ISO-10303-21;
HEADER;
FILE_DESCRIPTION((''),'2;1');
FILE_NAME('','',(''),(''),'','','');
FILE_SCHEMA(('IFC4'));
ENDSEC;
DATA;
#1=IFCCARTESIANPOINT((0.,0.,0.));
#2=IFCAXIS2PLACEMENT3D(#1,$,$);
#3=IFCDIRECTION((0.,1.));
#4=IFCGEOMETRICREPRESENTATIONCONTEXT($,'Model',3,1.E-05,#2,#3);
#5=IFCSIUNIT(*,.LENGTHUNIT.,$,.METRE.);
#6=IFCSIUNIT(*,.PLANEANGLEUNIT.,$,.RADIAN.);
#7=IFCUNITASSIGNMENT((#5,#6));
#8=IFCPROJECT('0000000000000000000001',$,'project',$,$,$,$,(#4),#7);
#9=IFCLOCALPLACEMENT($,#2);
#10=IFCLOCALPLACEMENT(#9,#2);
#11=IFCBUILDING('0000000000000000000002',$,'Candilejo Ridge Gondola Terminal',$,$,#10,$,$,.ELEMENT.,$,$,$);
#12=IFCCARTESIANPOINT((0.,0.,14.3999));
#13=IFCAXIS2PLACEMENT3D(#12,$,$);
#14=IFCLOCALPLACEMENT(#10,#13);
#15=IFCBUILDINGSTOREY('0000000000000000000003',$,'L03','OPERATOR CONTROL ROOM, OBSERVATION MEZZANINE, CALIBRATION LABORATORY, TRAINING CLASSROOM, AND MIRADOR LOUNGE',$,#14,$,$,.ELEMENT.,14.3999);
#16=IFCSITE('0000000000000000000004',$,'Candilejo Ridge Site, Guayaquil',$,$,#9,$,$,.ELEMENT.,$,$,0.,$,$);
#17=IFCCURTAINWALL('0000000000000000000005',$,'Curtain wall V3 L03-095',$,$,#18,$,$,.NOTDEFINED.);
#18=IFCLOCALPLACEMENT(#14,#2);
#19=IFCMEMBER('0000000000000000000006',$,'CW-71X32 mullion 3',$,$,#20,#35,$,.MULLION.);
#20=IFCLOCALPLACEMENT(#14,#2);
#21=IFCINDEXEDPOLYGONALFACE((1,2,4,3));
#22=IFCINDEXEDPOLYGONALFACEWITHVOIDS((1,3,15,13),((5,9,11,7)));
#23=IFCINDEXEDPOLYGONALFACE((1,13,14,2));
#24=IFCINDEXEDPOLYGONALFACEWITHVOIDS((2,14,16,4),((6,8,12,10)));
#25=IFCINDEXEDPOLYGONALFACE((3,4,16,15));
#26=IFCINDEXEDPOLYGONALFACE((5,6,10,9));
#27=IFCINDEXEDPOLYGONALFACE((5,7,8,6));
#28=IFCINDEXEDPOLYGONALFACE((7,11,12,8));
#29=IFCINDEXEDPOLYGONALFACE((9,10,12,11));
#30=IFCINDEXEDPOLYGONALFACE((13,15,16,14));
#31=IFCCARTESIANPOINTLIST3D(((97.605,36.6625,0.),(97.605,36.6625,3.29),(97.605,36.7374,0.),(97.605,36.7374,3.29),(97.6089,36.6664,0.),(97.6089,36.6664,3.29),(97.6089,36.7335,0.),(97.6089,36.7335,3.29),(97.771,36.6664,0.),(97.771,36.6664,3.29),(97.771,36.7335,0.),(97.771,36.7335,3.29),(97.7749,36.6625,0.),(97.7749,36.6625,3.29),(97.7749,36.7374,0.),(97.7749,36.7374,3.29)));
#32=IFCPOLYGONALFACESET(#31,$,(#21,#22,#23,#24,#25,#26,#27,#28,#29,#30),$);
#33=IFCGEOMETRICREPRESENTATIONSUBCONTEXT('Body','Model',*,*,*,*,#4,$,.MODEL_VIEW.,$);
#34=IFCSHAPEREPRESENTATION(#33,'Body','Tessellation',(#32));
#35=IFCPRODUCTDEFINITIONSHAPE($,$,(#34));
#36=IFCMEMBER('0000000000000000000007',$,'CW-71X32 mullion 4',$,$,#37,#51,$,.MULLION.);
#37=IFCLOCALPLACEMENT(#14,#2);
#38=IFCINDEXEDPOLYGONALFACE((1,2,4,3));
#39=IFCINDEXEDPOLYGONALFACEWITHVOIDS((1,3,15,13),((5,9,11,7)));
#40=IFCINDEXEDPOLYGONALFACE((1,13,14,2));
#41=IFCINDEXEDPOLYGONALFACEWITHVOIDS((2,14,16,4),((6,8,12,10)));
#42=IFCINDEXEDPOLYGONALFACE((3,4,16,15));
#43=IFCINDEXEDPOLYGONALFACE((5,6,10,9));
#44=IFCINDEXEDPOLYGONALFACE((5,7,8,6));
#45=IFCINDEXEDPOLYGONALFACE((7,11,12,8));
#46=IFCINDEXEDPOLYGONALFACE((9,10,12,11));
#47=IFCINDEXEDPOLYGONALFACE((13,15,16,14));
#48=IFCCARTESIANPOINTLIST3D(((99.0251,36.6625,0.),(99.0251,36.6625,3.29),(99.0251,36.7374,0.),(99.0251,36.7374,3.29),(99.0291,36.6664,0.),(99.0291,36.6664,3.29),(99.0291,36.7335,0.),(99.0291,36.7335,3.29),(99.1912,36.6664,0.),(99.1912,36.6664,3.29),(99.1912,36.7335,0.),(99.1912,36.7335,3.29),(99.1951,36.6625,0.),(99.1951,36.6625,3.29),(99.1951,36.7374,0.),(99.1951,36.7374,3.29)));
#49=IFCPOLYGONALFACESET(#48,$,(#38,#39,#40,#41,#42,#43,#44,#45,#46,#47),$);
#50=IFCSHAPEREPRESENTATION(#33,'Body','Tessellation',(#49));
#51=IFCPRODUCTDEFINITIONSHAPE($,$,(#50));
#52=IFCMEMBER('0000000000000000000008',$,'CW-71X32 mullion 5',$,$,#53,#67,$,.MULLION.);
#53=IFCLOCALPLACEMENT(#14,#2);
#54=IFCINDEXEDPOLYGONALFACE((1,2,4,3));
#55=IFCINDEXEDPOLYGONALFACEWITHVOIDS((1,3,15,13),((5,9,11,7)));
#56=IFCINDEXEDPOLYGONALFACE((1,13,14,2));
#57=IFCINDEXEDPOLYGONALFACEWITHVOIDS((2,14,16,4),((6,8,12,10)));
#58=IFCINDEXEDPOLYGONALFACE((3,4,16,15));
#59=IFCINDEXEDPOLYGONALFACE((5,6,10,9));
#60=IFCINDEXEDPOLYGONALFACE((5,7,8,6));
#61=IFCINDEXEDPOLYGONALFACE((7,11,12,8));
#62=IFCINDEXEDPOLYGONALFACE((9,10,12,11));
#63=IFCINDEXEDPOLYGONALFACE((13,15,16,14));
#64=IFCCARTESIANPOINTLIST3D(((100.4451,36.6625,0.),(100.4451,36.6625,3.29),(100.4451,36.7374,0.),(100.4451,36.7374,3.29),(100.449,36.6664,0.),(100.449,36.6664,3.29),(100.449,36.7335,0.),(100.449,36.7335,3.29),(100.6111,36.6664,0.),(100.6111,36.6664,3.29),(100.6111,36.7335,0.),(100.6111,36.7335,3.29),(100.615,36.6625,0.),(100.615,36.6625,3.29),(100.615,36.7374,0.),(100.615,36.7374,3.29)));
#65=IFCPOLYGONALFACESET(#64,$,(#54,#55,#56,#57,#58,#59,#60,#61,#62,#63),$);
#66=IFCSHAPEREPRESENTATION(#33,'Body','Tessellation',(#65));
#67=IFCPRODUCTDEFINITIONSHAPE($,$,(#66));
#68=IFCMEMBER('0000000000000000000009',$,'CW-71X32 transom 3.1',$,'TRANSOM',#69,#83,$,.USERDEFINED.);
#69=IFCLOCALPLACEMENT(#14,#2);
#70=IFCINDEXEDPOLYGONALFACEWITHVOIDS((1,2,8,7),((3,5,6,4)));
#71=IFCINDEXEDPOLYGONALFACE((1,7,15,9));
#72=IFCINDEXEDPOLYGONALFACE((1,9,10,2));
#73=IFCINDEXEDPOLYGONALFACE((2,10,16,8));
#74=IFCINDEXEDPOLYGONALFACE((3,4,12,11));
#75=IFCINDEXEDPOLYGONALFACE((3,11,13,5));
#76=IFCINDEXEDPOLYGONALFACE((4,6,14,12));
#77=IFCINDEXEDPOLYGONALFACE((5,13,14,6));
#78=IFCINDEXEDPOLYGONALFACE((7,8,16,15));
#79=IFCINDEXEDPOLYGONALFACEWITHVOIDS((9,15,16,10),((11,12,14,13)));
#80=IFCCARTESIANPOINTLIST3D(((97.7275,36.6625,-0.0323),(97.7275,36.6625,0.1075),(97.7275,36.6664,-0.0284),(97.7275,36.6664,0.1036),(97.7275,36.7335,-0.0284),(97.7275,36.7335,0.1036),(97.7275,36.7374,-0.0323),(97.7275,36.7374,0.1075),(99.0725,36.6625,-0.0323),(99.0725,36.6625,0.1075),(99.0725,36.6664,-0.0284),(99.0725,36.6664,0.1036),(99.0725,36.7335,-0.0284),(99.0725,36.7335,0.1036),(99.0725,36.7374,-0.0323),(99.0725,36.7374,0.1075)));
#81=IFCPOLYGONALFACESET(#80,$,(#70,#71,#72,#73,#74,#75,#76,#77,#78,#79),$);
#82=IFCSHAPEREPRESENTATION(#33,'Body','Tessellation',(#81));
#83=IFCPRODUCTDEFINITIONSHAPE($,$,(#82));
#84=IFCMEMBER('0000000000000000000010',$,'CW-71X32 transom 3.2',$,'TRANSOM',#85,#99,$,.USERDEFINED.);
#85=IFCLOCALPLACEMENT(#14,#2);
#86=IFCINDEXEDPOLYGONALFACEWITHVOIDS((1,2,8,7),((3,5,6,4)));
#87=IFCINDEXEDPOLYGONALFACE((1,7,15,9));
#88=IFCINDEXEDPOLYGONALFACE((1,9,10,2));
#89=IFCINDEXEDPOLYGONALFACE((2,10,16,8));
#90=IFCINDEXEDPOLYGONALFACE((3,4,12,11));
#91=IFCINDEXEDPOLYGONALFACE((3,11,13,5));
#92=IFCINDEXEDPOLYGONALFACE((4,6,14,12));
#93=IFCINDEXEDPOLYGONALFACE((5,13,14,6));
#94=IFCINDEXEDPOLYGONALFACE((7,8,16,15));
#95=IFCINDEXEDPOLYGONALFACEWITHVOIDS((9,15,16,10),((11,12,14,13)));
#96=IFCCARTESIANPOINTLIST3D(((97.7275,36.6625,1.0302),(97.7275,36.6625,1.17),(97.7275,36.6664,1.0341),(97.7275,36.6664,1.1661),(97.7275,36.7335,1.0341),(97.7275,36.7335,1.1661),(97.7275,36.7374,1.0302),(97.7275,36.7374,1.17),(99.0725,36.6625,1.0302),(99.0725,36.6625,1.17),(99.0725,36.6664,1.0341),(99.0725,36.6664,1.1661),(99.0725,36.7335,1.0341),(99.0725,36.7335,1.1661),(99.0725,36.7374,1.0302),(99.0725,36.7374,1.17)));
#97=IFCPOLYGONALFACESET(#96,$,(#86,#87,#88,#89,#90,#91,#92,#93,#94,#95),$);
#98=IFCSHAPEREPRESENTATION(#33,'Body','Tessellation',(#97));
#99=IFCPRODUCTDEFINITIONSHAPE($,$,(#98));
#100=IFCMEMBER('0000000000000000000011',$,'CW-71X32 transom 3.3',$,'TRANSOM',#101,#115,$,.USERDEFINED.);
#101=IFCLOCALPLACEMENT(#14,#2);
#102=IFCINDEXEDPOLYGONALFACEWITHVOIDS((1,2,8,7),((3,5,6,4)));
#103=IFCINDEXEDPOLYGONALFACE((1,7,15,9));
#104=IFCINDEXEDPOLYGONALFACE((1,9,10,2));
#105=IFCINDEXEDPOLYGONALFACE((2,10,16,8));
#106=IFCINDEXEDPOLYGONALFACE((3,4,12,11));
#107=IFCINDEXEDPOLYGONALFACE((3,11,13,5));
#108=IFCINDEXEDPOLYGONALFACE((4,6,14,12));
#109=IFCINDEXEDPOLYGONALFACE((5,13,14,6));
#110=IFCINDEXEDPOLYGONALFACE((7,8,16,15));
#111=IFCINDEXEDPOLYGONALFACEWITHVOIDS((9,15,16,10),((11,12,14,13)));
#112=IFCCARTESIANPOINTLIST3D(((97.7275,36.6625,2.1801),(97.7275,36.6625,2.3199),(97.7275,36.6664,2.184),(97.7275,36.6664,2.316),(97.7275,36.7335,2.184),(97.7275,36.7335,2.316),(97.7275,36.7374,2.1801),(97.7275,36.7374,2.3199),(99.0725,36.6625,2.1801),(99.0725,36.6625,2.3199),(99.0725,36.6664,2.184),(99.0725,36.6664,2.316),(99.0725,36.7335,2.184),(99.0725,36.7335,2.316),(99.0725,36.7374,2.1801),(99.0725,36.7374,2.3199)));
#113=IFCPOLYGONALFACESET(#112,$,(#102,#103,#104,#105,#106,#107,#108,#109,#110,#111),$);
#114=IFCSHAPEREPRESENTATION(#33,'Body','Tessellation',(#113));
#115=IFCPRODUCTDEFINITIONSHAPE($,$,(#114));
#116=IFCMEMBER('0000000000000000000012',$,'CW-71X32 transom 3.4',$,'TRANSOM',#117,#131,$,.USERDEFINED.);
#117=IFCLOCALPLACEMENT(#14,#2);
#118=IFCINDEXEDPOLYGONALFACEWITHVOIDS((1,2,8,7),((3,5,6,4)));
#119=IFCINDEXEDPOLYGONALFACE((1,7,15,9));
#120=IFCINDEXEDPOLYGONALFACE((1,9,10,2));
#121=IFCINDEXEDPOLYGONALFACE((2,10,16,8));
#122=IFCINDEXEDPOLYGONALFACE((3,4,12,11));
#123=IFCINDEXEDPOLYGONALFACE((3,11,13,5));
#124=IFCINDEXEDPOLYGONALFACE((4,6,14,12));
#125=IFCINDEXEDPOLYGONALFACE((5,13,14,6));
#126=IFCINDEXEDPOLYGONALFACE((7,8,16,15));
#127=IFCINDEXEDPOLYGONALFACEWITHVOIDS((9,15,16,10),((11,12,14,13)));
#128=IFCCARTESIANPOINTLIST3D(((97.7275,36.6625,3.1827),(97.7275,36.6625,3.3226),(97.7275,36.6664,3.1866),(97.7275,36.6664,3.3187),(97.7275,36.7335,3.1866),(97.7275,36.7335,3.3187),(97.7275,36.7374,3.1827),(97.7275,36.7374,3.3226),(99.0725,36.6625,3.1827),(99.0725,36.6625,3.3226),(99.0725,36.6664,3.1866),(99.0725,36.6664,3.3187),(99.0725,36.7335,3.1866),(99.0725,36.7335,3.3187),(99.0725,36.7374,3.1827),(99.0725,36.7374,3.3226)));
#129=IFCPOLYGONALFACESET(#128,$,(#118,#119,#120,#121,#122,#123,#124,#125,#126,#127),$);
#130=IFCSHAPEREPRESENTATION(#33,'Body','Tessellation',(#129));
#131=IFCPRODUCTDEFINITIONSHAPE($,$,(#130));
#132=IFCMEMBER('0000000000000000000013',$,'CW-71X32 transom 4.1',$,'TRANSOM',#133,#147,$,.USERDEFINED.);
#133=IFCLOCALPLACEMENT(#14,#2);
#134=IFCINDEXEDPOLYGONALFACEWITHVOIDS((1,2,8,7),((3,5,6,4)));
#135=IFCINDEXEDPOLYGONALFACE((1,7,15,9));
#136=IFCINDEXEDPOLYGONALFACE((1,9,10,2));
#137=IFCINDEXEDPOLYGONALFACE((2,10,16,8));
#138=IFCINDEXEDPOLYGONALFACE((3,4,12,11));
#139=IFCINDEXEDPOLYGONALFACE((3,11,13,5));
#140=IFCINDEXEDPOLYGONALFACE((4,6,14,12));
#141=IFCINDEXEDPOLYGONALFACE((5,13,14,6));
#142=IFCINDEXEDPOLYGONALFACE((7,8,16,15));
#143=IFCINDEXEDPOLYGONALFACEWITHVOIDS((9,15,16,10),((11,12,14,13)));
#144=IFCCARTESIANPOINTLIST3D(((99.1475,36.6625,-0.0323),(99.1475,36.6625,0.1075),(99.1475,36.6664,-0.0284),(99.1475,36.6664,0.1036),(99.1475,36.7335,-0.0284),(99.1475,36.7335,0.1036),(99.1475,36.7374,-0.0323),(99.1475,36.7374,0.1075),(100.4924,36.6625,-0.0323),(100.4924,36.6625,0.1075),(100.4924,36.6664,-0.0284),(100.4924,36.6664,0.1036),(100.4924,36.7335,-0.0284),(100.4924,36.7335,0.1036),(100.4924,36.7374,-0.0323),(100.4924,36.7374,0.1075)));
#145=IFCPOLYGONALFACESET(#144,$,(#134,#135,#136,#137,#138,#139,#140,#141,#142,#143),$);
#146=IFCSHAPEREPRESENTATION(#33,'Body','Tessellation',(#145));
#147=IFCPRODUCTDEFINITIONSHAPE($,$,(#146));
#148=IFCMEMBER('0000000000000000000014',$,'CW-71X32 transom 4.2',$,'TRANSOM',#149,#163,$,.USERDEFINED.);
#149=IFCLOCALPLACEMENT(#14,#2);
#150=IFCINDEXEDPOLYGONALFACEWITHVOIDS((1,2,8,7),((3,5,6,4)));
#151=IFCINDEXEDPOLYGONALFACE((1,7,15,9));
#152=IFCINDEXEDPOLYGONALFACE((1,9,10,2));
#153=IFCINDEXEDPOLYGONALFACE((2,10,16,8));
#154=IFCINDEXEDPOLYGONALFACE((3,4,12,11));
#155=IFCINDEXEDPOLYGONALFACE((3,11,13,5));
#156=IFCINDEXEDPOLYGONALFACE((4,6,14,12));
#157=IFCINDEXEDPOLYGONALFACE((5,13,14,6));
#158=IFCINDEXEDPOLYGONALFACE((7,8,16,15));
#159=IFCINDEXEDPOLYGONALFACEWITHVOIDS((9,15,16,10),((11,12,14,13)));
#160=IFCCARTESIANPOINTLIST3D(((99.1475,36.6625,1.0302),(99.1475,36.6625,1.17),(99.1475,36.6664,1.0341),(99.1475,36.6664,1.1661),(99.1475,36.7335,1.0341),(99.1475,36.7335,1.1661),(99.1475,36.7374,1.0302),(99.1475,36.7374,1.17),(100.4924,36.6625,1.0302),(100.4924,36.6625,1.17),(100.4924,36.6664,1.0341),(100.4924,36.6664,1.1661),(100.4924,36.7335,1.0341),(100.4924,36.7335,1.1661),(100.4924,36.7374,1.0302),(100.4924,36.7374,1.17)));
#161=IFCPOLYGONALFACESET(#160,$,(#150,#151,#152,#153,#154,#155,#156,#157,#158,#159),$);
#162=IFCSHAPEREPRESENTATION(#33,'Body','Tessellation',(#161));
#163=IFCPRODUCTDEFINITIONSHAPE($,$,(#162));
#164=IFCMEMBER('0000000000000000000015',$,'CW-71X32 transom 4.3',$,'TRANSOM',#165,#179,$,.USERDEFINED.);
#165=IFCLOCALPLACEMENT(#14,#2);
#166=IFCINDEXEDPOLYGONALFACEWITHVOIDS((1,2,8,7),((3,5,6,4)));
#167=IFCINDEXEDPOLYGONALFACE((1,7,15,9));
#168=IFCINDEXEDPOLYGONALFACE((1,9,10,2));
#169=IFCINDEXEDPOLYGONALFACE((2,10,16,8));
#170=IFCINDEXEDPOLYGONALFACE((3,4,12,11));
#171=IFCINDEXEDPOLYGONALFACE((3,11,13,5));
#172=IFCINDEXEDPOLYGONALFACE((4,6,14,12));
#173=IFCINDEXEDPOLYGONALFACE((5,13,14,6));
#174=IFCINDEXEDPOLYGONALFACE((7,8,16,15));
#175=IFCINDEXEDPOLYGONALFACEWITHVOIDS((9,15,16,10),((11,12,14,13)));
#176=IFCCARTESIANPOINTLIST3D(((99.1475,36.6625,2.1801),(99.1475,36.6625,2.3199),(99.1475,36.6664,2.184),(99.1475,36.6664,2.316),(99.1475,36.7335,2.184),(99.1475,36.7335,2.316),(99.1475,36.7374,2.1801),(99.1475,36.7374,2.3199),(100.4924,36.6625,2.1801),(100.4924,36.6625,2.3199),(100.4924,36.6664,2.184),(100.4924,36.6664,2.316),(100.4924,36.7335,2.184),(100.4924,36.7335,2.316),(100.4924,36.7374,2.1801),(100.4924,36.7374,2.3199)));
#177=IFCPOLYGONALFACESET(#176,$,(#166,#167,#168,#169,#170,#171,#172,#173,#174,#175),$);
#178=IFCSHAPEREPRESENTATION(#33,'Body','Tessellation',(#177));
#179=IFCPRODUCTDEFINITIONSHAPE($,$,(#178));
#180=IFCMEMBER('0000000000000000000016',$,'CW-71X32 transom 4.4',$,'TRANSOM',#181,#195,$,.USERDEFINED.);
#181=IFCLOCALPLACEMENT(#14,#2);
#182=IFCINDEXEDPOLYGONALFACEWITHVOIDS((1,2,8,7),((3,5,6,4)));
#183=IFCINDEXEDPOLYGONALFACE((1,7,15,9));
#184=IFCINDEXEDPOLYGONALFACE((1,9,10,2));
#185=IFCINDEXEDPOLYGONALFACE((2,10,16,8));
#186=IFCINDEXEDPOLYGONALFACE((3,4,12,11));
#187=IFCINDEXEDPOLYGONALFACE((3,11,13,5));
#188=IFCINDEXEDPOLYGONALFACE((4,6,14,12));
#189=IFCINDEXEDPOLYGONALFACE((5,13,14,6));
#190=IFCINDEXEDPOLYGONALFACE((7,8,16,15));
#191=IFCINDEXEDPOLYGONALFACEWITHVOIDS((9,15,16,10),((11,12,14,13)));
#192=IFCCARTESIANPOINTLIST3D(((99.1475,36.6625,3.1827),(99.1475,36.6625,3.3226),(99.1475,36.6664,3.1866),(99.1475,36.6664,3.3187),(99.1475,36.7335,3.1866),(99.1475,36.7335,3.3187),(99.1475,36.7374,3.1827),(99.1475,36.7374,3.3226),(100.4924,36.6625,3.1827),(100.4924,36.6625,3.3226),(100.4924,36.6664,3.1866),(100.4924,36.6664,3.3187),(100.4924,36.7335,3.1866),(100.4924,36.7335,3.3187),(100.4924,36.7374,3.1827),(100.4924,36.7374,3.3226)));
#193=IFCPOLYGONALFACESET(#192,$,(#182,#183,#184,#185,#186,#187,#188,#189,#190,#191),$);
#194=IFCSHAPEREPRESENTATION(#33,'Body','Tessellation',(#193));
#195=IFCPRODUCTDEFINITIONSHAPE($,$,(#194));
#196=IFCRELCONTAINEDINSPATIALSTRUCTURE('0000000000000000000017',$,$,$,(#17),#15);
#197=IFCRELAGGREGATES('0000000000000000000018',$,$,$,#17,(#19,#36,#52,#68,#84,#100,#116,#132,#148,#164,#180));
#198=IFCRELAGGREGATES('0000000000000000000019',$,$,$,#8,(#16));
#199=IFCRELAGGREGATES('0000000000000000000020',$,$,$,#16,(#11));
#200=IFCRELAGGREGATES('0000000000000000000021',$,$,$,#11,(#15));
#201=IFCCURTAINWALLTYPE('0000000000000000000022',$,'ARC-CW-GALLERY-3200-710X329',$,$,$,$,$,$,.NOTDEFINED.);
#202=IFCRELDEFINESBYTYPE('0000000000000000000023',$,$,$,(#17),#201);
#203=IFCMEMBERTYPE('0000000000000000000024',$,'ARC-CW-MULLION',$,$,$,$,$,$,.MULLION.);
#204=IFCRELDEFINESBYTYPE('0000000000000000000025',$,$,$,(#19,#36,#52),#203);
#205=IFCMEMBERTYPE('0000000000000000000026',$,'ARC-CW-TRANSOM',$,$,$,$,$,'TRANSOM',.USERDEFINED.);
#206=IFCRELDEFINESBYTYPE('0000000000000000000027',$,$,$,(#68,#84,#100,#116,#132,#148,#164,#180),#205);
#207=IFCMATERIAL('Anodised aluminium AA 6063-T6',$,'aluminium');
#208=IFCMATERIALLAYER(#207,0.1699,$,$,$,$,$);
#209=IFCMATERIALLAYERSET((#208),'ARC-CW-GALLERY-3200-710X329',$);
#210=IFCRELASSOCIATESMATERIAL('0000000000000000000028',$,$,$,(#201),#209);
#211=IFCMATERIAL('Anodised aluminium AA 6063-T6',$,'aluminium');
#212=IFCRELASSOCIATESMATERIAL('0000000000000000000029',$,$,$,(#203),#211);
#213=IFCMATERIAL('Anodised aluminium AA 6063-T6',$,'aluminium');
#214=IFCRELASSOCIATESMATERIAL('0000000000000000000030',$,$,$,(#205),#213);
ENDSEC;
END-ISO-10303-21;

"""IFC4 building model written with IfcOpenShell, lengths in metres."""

from ifc_helpers import new_model, si_unit, direction, frame, origin, origin_2d, place, context, subcontext, project, spatial, hollow_rectangle, extrude, material, layer, layer_set, material_profile, profile_set, type_object, element, aggregate, save


model = new_model("IFC4")

# Units and contexts
model_context = context("Model", 3, precision=1e-05, world=origin(), true_north=direction((0.0, 1.0)))
body_context = subcontext(model_context, "Body", "Model", "MODEL_VIEW")
ifc_project = project(units=[si_unit("LENGTHUNIT", "METRE"), si_unit("PLANEANGLEUNIT", "RADIAN")], contexts=[model_context])

# Site, building, storey
site_placement = place(None, origin())
site = spatial("IfcSite", under=ifc_project, at=site_placement, Name="Candilejo Ridge Site, Guayaquil", CompositionType="ELEMENT", RefElevation=0.0)
building_placement = place(site_placement, origin())
building = spatial("IfcBuilding", under=site, at=building_placement, Name="Candilejo Ridge Gondola Terminal", CompositionType="ELEMENT")
storey_placement = place(building_placement, frame((0.0, 0.0, 14.3999)))
storey = spatial("IfcBuildingStorey", under=building, at=storey_placement, Name="L03", Description="OPERATOR CONTROL ROOM, OBSERVATION MEZZANINE, CALIBRATION LABORATORY, TRAINING CLASSROOM, AND MIRADOR LOUNGE", CompositionType="ELEMENT", Elevation=14.3999)

# Curtain wall, members
ifc_material_1 = material(Name="Anodised aluminium AA 6063-T6", Category="aluminium")
ifc_layer_1 = layer(ifc_material_1, 0.1699)
ifc_layer_set_1 = layer_set([ifc_layer_1], Name="ARC-CW-GALLERY-3200-710X329")
curtain_wall_type = type_object("IfcCurtainWallType", Name="ARC-CW-GALLERY-3200-710X329", PredefinedType="NOTDEFINED", material=ifc_layer_set_1)
curtain_wall_placement = place(storey_placement, origin())
curtain_wall = element("IfcCurtainWall", 1, at=curtain_wall_placement, inside=storey, type_object=curtain_wall_type, Name="Curtain wall V3 L03-095", PredefinedType="NOTDEFINED")
ifc_material_2 = material(Name="Anodised aluminium AA 6063-T6", Category="aluminium")
ifc_material_profile_1 = material_profile(ifc_material_2, hollow_rectangle(XDim=0.075, YDim=0.1699, WallThickness=0.0039, at=origin_2d()))
ifc_profile_set_1 = profile_set([ifc_material_profile_1], Name="Anodised aluminium AA 6063-T6")
member_type_1 = type_object("IfcMemberType", Name="ARC-CW-MULLION", PredefinedType="MULLION", material=ifc_profile_set_1)
member_1_placement = place(storey_placement, frame((97.6899, 36.7, 0.0), z_axis=(0.0, 0.0, 1.0), x_axis=(0.0, 1.0, 0.0)))
member_1 = element("IfcMember", 2, at=member_1_placement, type_object=member_type_1, Name="CW-71X32 mullion 3", PredefinedType="MULLION", context=body_context, shape_type="SweptSolid", body=[
    extrude(hollow_rectangle(XDim=0.075, YDim=0.1699, WallThickness=0.0039, at=origin_2d()), origin(), (0.0, 0.0, 1.0), 3.29),
])
member_2_placement = place(storey_placement, frame((99.1101, 36.7, 0.0), z_axis=(0.0, 0.0, 1.0), x_axis=(0.0, 1.0, 0.0)))
member_2 = element("IfcMember", 3, at=member_2_placement, type_object=member_type_1, Name="CW-71X32 mullion 4", PredefinedType="MULLION", context=body_context, shape_type="SweptSolid", body=[
    extrude(hollow_rectangle(XDim=0.075, YDim=0.1699, WallThickness=0.0039, at=origin_2d()), origin(), (0.0, 0.0, 1.0), 3.29),
])
member_3_placement = place(storey_placement, frame((100.53, 36.7, 0.0), z_axis=(0.0, 0.0, 1.0), x_axis=(0.0, 1.0, 0.0)))
member_3 = element("IfcMember", 4, at=member_3_placement, type_object=member_type_1, Name="CW-71X32 mullion 5", PredefinedType="MULLION", context=body_context, shape_type="SweptSolid", body=[
    extrude(hollow_rectangle(XDim=0.075, YDim=0.1699, WallThickness=0.0039, at=origin_2d()), origin(), (0.0, 0.0, 1.0), 3.29),
])
ifc_material_3 = material(Name="Anodised aluminium AA 6063-T6", Category="aluminium")
ifc_material_profile_2 = material_profile(ifc_material_3, hollow_rectangle(XDim=0.075, YDim=0.1399, WallThickness=0.0039, at=origin_2d()))
ifc_profile_set_2 = profile_set([ifc_material_profile_2], Name="Anodised aluminium AA 6063-T6")
member_type_2 = type_object("IfcMemberType", Name="ARC-CW-TRANSOM", ElementType="TRANSOM", PredefinedType="USERDEFINED", material=ifc_profile_set_2)
member_4_placement = place(storey_placement, frame((97.7275, 36.7, 0.0376), z_axis=(1.0, 0.0, 0.0), x_axis=(0.0, 1.0, 0.0)))
member_4 = element("IfcMember", 5, at=member_4_placement, type_object=member_type_2, Name="CW-71X32 transom 3.1", ObjectType="TRANSOM", PredefinedType="USERDEFINED", context=body_context, shape_type="SweptSolid", body=[
    extrude(hollow_rectangle(XDim=0.075, YDim=0.1399, WallThickness=0.0039, at=origin_2d()), origin(), (0.0, 0.0, 1.0), 1.345),
])
member_5_placement = place(storey_placement, frame((97.7275, 36.7, 1.1001), z_axis=(1.0, 0.0, 0.0), x_axis=(0.0, 1.0, 0.0)))
member_5 = element("IfcMember", 6, at=member_5_placement, type_object=member_type_2, Name="CW-71X32 transom 3.2", ObjectType="TRANSOM", PredefinedType="USERDEFINED", context=body_context, shape_type="SweptSolid", body=[
    extrude(hollow_rectangle(XDim=0.075, YDim=0.1399, WallThickness=0.0039, at=origin_2d()), origin(), (0.0, 0.0, 1.0), 1.345),
])
member_6_placement = place(storey_placement, frame((97.7275, 36.7, 2.25), z_axis=(1.0, 0.0, 0.0), x_axis=(0.0, 1.0, 0.0)))
member_6 = element("IfcMember", 7, at=member_6_placement, type_object=member_type_2, Name="CW-71X32 transom 3.3", ObjectType="TRANSOM", PredefinedType="USERDEFINED", context=body_context, shape_type="SweptSolid", body=[
    extrude(hollow_rectangle(XDim=0.075, YDim=0.1399, WallThickness=0.0039, at=origin_2d()), origin(), (0.0, 0.0, 1.0), 1.345),
])
member_7_placement = place(storey_placement, frame((97.7275, 36.7, 3.2527), z_axis=(1.0, 0.0, 0.0), x_axis=(0.0, 1.0, 0.0)))
member_7 = element("IfcMember", 8, at=member_7_placement, type_object=member_type_2, Name="CW-71X32 transom 3.4", ObjectType="TRANSOM", PredefinedType="USERDEFINED", context=body_context, shape_type="SweptSolid", body=[
    extrude(hollow_rectangle(XDim=0.075, YDim=0.1399, WallThickness=0.0039, at=origin_2d()), origin(), (0.0, 0.0, 1.0), 1.345),
])
member_8_placement = place(storey_placement, frame((99.1475, 36.7, 0.0376), z_axis=(1.0, 0.0, 0.0), x_axis=(0.0, 1.0, 0.0)))
member_8 = element("IfcMember", 9, at=member_8_placement, type_object=member_type_2, Name="CW-71X32 transom 4.1", ObjectType="TRANSOM", PredefinedType="USERDEFINED", context=body_context, shape_type="SweptSolid", body=[
    extrude(hollow_rectangle(XDim=0.075, YDim=0.1399, WallThickness=0.0039, at=origin_2d()), origin(), (0.0, 0.0, 1.0), 1.345),
])
member_9_placement = place(storey_placement, frame((99.1475, 36.7, 1.1001), z_axis=(1.0, 0.0, 0.0), x_axis=(0.0, 1.0, 0.0)))
member_9 = element("IfcMember", 10, at=member_9_placement, type_object=member_type_2, Name="CW-71X32 transom 4.2", ObjectType="TRANSOM", PredefinedType="USERDEFINED", context=body_context, shape_type="SweptSolid", body=[
    extrude(hollow_rectangle(XDim=0.075, YDim=0.1399, WallThickness=0.0039, at=origin_2d()), origin(), (0.0, 0.0, 1.0), 1.345),
])
member_10_placement = place(storey_placement, frame((99.1475, 36.7, 2.25), z_axis=(1.0, 0.0, 0.0), x_axis=(0.0, 1.0, 0.0)))
member_10 = element("IfcMember", 11, at=member_10_placement, type_object=member_type_2, Name="CW-71X32 transom 4.3", ObjectType="TRANSOM", PredefinedType="USERDEFINED", context=body_context, shape_type="SweptSolid", body=[
    extrude(hollow_rectangle(XDim=0.075, YDim=0.1399, WallThickness=0.0039, at=origin_2d()), origin(), (0.0, 0.0, 1.0), 1.345),
])
member_11_placement = place(storey_placement, frame((99.1475, 36.7, 3.2527), z_axis=(1.0, 0.0, 0.0), x_axis=(0.0, 1.0, 0.0)))
member_11 = element("IfcMember", 12, at=member_11_placement, type_object=member_type_2, Name="CW-71X32 transom 4.4", ObjectType="TRANSOM", PredefinedType="USERDEFINED", context=body_context, shape_type="SweptSolid", body=[
    extrude(hollow_rectangle(XDim=0.075, YDim=0.1399, WallThickness=0.0039, at=origin_2d()), origin(), (0.0, 0.0, 1.0), 1.345),
])
aggregate(curtain_wall, [member_1, member_2, member_3, member_4, member_5, member_6, member_7, member_8, member_9, member_10, member_11])

save(model, "model.ifc")
